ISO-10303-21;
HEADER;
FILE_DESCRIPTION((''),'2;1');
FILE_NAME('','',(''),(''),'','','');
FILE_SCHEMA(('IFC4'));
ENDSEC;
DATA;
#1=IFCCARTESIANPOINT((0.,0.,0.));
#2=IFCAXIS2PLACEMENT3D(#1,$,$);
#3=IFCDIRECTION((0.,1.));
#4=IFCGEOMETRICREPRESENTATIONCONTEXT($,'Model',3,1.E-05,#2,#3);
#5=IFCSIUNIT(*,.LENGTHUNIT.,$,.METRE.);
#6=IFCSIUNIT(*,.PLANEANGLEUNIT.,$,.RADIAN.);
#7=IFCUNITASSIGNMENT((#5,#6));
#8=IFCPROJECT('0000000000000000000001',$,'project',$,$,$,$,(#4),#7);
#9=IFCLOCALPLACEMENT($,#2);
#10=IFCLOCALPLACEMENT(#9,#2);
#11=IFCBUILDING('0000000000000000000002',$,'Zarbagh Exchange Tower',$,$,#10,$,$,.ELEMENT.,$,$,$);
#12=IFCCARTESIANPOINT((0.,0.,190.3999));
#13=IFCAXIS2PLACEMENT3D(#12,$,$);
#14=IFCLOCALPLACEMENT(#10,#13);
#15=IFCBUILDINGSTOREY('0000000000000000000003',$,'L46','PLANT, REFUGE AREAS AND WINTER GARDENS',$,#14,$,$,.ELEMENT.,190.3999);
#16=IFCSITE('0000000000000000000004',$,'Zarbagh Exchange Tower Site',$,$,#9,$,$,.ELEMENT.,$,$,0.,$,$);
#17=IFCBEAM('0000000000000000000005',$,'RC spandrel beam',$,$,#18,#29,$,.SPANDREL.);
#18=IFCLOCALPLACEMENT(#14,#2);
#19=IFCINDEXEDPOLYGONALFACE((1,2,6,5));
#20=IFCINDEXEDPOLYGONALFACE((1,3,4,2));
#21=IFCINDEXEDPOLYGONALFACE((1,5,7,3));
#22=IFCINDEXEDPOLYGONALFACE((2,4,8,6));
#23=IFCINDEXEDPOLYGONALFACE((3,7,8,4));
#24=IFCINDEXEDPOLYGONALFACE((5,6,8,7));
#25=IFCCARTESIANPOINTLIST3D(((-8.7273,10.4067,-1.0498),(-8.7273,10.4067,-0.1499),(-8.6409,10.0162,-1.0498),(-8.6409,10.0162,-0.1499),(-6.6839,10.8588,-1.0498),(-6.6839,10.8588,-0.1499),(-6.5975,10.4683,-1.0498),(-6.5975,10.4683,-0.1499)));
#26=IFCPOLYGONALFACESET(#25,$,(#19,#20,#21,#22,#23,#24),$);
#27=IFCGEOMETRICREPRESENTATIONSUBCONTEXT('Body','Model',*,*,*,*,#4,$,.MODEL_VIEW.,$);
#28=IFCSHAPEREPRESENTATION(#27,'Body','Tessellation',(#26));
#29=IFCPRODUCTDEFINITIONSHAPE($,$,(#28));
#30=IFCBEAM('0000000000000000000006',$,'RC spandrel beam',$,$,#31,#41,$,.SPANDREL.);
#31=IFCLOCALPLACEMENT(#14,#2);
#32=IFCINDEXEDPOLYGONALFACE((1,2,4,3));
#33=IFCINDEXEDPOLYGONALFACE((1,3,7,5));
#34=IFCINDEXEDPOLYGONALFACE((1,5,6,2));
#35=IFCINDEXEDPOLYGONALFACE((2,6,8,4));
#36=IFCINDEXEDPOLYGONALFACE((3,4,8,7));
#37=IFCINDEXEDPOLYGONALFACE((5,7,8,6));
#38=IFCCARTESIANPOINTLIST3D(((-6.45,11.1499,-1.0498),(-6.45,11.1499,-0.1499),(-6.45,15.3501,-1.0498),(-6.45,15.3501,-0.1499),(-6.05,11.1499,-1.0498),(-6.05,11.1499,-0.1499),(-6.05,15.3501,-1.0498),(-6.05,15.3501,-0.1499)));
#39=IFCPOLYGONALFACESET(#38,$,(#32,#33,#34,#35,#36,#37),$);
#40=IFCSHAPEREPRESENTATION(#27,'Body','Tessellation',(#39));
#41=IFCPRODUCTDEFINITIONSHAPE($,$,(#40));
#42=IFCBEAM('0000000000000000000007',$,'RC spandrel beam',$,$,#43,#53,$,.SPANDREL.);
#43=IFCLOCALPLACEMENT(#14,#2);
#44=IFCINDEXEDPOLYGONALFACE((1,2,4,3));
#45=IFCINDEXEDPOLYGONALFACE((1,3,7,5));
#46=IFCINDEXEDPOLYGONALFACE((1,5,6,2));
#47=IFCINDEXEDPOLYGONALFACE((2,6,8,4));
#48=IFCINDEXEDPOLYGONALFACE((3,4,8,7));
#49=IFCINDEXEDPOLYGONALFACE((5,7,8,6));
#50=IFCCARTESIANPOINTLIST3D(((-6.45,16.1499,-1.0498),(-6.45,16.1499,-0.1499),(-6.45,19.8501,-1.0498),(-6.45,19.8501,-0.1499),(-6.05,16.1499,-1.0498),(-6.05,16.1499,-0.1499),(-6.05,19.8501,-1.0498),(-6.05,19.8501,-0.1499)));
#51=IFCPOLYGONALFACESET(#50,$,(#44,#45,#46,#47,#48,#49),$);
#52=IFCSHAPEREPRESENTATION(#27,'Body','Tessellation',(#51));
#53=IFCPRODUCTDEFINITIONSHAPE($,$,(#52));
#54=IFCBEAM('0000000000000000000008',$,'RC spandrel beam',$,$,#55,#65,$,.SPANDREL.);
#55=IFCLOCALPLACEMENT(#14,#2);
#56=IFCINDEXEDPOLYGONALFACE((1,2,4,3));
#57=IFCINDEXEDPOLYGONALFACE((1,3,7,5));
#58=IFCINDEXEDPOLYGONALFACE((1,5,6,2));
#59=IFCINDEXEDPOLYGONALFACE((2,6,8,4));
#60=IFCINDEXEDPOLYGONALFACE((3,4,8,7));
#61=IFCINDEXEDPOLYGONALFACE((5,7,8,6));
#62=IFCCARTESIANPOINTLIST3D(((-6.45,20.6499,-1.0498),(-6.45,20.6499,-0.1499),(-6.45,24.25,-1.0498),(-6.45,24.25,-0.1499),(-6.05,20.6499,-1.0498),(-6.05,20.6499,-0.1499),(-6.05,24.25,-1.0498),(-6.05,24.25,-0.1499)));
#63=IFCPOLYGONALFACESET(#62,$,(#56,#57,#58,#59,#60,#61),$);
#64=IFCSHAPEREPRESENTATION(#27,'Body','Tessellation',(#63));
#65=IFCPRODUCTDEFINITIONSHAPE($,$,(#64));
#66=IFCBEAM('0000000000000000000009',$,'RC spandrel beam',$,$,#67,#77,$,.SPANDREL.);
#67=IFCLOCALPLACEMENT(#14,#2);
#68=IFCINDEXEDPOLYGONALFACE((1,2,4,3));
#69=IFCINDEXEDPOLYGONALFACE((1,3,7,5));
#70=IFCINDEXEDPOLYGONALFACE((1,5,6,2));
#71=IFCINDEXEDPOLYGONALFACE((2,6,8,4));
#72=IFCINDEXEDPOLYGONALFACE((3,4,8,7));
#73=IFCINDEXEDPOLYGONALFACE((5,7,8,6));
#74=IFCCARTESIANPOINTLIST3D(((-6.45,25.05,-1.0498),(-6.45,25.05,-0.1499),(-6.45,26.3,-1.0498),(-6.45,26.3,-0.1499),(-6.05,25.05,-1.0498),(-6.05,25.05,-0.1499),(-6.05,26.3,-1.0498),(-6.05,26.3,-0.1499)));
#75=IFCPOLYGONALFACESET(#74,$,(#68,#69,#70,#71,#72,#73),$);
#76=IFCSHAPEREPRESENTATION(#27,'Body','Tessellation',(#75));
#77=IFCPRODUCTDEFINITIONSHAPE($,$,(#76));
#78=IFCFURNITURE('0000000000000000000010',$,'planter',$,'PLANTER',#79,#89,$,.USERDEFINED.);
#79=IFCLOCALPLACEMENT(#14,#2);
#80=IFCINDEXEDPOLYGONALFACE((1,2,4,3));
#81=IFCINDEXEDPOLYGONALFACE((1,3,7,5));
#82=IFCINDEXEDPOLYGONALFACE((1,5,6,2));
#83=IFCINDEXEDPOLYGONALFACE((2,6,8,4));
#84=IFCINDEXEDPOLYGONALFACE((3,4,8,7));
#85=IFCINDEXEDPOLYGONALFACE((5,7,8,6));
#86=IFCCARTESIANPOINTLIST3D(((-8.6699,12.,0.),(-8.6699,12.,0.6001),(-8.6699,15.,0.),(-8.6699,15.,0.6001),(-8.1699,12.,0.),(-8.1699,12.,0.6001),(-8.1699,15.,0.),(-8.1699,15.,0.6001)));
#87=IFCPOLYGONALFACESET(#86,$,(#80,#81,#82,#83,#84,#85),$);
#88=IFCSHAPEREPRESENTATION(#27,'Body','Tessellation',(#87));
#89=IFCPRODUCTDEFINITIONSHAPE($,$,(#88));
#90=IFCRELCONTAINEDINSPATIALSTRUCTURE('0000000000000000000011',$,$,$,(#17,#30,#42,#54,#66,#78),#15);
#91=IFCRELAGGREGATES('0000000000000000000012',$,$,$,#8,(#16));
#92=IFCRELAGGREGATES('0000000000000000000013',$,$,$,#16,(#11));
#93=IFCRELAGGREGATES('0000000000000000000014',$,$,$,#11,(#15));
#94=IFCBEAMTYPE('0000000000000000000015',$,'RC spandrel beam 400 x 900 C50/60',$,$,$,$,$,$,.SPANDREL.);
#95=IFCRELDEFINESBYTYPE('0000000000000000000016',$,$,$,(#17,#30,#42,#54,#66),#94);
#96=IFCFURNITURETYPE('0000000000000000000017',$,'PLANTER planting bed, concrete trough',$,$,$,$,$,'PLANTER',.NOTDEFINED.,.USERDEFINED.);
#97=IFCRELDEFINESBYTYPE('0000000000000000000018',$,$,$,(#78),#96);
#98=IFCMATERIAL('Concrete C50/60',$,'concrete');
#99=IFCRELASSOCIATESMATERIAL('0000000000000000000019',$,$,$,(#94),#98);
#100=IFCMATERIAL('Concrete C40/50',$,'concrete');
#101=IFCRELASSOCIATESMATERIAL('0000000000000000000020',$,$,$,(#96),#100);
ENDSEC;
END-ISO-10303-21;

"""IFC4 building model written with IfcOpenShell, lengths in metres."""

from ifc_helpers import new_model, si_unit, direction, frame, origin, origin_2d, place, context, subcontext, project, spatial, rectangle, extrude, material, material_profile, profile_set, type_object, element, save


model = new_model("IFC4")

# Units and contexts
model_context = context("Model", 3, precision=1e-05, world=origin(), true_north=direction((0.0, 1.0)))
body_context = subcontext(model_context, "Body", "Model", "MODEL_VIEW")
ifc_project = project(units=[si_unit("LENGTHUNIT", "METRE"), si_unit("PLANEANGLEUNIT", "RADIAN")], contexts=[model_context])

# Site, building, storey
site_placement = place(None, origin())
site = spatial("IfcSite", under=ifc_project, at=site_placement, Name="Zarbagh Exchange Tower Site", CompositionType="ELEMENT", RefElevation=0.0)
building_placement = place(site_placement, origin())
building = spatial("IfcBuilding", under=site, at=building_placement, Name="Zarbagh Exchange Tower", CompositionType="ELEMENT")
storey_placement = place(building_placement, frame((0.0, 0.0, 190.3999)))
storey = spatial("IfcBuildingStorey", under=building, at=storey_placement, Name="L46", Description="PLANT, REFUGE AREAS AND WINTER GARDENS", CompositionType="ELEMENT", Elevation=190.3999)

# Shared definitions
ifc_material_1 = material(Name="Concrete C50/60", Category="concrete")

# Beams
ifc_material_2 = material(Name="Concrete C40/50", Category="concrete")
ifc_material_profile_1 = material_profile(ifc_material_1, rectangle(XDim=0.3999, YDim=0.8999, at=origin_2d()), Name="RC spandrel beam 400 x 900 C50/60")
ifc_profile_set_1 = profile_set([ifc_material_profile_1], Name="Concrete C50/60")
beam_type_1 = type_object("IfcBeamType", Name="RC spandrel beam 400 x 900 C50/60", PredefinedType="SPANDREL", material=ifc_profile_set_1)
beam_1_placement = place(storey_placement, frame((-8.6841, 10.2114, -0.5999), z_axis=(0.976384, 0.216041, 0.0), x_axis=(-0.216041, 0.976384, 0.0)))
element("IfcBeam", 1, at=beam_1_placement, inside=storey, type_object=beam_type_1, Name="RC spandrel beam", PredefinedType="SPANDREL", context=body_context, shape_type="SweptSolid", body=[
    extrude(rectangle(XDim=0.3999, YDim=0.8999, at=origin_2d()), origin(), (0.0, 0.0, 1.0), 2.0928),
])
beam_2_placement = place(storey_placement, frame((-6.25, 11.1499, -0.5999), z_axis=(0.0, 1.0, 0.0), x_axis=(-1.0, 0.0, 0.0)))
element("IfcBeam", 2, at=beam_2_placement, inside=storey, type_object=beam_type_1, Name="RC spandrel beam", PredefinedType="SPANDREL", context=body_context, shape_type="SweptSolid", body=[
    extrude(rectangle(XDim=0.3999, YDim=0.8999, at=origin_2d()), origin(), (0.0, 0.0, 1.0), 4.2002),
])
beam_3_placement = place(storey_placement, frame((-6.25, 16.1499, -0.5999), z_axis=(0.0, 1.0, 0.0), x_axis=(-1.0, 0.0, 0.0)))
element("IfcBeam", 3, at=beam_3_placement, inside=storey, type_object=beam_type_1, Name="RC spandrel beam", PredefinedType="SPANDREL", context=body_context, shape_type="SweptSolid", body=[
    extrude(rectangle(XDim=0.3999, YDim=0.8999, at=origin_2d()), origin(), (0.0, 0.0, 1.0), 3.7002),
])
beam_4_placement = place(storey_placement, frame((-6.25, 20.6499, -0.5999), z_axis=(0.0, 1.0, 0.0), x_axis=(-1.0, 0.0, 0.0)))
element("IfcBeam", 4, at=beam_4_placement, inside=storey, type_object=beam_type_1, Name="RC spandrel beam", PredefinedType="SPANDREL", context=body_context, shape_type="SweptSolid", body=[
    extrude(rectangle(XDim=0.3999, YDim=0.8999, at=origin_2d()), origin(), (0.0, 0.0, 1.0), 3.6001),
])
beam_5_placement = place(storey_placement, frame((-6.25, 25.05, -0.5999), z_axis=(0.0, 1.0, 0.0), x_axis=(-1.0, 0.0, 0.0)))
element("IfcBeam", 5, at=beam_5_placement, inside=storey, type_object=beam_type_1, Name="RC spandrel beam", PredefinedType="SPANDREL", context=body_context, shape_type="SweptSolid", body=[
    extrude(rectangle(XDim=0.3999, YDim=0.8999, at=origin_2d()), origin(), (0.0, 0.0, 1.0), 1.25),
])

# Furniture
furniture_type = type_object("IfcFurnitureType", Name="PLANTER planting bed, concrete trough", ElementType="PLANTER", AssemblyPlace="NOTDEFINED", PredefinedType="USERDEFINED", material=ifc_material_2)
furniture_placement = place(storey_placement, frame((-8.4199, 13.5, 0.0), z_axis=(0.0, 0.0, 1.0), x_axis=(0.0, 1.0, 0.0)))
element("IfcFurniture", 6, at=furniture_placement, inside=storey, type_object=furniture_type, Name="planter", ObjectType="PLANTER", PredefinedType="USERDEFINED", context=body_context, shape_type="SweptSolid", body=[
    extrude(rectangle(XDim=3.0, YDim=0.5, at=origin_2d()), origin(), (0.0, 0.0, 1.0), 0.6001),
])

save(model, "model.ifc")
